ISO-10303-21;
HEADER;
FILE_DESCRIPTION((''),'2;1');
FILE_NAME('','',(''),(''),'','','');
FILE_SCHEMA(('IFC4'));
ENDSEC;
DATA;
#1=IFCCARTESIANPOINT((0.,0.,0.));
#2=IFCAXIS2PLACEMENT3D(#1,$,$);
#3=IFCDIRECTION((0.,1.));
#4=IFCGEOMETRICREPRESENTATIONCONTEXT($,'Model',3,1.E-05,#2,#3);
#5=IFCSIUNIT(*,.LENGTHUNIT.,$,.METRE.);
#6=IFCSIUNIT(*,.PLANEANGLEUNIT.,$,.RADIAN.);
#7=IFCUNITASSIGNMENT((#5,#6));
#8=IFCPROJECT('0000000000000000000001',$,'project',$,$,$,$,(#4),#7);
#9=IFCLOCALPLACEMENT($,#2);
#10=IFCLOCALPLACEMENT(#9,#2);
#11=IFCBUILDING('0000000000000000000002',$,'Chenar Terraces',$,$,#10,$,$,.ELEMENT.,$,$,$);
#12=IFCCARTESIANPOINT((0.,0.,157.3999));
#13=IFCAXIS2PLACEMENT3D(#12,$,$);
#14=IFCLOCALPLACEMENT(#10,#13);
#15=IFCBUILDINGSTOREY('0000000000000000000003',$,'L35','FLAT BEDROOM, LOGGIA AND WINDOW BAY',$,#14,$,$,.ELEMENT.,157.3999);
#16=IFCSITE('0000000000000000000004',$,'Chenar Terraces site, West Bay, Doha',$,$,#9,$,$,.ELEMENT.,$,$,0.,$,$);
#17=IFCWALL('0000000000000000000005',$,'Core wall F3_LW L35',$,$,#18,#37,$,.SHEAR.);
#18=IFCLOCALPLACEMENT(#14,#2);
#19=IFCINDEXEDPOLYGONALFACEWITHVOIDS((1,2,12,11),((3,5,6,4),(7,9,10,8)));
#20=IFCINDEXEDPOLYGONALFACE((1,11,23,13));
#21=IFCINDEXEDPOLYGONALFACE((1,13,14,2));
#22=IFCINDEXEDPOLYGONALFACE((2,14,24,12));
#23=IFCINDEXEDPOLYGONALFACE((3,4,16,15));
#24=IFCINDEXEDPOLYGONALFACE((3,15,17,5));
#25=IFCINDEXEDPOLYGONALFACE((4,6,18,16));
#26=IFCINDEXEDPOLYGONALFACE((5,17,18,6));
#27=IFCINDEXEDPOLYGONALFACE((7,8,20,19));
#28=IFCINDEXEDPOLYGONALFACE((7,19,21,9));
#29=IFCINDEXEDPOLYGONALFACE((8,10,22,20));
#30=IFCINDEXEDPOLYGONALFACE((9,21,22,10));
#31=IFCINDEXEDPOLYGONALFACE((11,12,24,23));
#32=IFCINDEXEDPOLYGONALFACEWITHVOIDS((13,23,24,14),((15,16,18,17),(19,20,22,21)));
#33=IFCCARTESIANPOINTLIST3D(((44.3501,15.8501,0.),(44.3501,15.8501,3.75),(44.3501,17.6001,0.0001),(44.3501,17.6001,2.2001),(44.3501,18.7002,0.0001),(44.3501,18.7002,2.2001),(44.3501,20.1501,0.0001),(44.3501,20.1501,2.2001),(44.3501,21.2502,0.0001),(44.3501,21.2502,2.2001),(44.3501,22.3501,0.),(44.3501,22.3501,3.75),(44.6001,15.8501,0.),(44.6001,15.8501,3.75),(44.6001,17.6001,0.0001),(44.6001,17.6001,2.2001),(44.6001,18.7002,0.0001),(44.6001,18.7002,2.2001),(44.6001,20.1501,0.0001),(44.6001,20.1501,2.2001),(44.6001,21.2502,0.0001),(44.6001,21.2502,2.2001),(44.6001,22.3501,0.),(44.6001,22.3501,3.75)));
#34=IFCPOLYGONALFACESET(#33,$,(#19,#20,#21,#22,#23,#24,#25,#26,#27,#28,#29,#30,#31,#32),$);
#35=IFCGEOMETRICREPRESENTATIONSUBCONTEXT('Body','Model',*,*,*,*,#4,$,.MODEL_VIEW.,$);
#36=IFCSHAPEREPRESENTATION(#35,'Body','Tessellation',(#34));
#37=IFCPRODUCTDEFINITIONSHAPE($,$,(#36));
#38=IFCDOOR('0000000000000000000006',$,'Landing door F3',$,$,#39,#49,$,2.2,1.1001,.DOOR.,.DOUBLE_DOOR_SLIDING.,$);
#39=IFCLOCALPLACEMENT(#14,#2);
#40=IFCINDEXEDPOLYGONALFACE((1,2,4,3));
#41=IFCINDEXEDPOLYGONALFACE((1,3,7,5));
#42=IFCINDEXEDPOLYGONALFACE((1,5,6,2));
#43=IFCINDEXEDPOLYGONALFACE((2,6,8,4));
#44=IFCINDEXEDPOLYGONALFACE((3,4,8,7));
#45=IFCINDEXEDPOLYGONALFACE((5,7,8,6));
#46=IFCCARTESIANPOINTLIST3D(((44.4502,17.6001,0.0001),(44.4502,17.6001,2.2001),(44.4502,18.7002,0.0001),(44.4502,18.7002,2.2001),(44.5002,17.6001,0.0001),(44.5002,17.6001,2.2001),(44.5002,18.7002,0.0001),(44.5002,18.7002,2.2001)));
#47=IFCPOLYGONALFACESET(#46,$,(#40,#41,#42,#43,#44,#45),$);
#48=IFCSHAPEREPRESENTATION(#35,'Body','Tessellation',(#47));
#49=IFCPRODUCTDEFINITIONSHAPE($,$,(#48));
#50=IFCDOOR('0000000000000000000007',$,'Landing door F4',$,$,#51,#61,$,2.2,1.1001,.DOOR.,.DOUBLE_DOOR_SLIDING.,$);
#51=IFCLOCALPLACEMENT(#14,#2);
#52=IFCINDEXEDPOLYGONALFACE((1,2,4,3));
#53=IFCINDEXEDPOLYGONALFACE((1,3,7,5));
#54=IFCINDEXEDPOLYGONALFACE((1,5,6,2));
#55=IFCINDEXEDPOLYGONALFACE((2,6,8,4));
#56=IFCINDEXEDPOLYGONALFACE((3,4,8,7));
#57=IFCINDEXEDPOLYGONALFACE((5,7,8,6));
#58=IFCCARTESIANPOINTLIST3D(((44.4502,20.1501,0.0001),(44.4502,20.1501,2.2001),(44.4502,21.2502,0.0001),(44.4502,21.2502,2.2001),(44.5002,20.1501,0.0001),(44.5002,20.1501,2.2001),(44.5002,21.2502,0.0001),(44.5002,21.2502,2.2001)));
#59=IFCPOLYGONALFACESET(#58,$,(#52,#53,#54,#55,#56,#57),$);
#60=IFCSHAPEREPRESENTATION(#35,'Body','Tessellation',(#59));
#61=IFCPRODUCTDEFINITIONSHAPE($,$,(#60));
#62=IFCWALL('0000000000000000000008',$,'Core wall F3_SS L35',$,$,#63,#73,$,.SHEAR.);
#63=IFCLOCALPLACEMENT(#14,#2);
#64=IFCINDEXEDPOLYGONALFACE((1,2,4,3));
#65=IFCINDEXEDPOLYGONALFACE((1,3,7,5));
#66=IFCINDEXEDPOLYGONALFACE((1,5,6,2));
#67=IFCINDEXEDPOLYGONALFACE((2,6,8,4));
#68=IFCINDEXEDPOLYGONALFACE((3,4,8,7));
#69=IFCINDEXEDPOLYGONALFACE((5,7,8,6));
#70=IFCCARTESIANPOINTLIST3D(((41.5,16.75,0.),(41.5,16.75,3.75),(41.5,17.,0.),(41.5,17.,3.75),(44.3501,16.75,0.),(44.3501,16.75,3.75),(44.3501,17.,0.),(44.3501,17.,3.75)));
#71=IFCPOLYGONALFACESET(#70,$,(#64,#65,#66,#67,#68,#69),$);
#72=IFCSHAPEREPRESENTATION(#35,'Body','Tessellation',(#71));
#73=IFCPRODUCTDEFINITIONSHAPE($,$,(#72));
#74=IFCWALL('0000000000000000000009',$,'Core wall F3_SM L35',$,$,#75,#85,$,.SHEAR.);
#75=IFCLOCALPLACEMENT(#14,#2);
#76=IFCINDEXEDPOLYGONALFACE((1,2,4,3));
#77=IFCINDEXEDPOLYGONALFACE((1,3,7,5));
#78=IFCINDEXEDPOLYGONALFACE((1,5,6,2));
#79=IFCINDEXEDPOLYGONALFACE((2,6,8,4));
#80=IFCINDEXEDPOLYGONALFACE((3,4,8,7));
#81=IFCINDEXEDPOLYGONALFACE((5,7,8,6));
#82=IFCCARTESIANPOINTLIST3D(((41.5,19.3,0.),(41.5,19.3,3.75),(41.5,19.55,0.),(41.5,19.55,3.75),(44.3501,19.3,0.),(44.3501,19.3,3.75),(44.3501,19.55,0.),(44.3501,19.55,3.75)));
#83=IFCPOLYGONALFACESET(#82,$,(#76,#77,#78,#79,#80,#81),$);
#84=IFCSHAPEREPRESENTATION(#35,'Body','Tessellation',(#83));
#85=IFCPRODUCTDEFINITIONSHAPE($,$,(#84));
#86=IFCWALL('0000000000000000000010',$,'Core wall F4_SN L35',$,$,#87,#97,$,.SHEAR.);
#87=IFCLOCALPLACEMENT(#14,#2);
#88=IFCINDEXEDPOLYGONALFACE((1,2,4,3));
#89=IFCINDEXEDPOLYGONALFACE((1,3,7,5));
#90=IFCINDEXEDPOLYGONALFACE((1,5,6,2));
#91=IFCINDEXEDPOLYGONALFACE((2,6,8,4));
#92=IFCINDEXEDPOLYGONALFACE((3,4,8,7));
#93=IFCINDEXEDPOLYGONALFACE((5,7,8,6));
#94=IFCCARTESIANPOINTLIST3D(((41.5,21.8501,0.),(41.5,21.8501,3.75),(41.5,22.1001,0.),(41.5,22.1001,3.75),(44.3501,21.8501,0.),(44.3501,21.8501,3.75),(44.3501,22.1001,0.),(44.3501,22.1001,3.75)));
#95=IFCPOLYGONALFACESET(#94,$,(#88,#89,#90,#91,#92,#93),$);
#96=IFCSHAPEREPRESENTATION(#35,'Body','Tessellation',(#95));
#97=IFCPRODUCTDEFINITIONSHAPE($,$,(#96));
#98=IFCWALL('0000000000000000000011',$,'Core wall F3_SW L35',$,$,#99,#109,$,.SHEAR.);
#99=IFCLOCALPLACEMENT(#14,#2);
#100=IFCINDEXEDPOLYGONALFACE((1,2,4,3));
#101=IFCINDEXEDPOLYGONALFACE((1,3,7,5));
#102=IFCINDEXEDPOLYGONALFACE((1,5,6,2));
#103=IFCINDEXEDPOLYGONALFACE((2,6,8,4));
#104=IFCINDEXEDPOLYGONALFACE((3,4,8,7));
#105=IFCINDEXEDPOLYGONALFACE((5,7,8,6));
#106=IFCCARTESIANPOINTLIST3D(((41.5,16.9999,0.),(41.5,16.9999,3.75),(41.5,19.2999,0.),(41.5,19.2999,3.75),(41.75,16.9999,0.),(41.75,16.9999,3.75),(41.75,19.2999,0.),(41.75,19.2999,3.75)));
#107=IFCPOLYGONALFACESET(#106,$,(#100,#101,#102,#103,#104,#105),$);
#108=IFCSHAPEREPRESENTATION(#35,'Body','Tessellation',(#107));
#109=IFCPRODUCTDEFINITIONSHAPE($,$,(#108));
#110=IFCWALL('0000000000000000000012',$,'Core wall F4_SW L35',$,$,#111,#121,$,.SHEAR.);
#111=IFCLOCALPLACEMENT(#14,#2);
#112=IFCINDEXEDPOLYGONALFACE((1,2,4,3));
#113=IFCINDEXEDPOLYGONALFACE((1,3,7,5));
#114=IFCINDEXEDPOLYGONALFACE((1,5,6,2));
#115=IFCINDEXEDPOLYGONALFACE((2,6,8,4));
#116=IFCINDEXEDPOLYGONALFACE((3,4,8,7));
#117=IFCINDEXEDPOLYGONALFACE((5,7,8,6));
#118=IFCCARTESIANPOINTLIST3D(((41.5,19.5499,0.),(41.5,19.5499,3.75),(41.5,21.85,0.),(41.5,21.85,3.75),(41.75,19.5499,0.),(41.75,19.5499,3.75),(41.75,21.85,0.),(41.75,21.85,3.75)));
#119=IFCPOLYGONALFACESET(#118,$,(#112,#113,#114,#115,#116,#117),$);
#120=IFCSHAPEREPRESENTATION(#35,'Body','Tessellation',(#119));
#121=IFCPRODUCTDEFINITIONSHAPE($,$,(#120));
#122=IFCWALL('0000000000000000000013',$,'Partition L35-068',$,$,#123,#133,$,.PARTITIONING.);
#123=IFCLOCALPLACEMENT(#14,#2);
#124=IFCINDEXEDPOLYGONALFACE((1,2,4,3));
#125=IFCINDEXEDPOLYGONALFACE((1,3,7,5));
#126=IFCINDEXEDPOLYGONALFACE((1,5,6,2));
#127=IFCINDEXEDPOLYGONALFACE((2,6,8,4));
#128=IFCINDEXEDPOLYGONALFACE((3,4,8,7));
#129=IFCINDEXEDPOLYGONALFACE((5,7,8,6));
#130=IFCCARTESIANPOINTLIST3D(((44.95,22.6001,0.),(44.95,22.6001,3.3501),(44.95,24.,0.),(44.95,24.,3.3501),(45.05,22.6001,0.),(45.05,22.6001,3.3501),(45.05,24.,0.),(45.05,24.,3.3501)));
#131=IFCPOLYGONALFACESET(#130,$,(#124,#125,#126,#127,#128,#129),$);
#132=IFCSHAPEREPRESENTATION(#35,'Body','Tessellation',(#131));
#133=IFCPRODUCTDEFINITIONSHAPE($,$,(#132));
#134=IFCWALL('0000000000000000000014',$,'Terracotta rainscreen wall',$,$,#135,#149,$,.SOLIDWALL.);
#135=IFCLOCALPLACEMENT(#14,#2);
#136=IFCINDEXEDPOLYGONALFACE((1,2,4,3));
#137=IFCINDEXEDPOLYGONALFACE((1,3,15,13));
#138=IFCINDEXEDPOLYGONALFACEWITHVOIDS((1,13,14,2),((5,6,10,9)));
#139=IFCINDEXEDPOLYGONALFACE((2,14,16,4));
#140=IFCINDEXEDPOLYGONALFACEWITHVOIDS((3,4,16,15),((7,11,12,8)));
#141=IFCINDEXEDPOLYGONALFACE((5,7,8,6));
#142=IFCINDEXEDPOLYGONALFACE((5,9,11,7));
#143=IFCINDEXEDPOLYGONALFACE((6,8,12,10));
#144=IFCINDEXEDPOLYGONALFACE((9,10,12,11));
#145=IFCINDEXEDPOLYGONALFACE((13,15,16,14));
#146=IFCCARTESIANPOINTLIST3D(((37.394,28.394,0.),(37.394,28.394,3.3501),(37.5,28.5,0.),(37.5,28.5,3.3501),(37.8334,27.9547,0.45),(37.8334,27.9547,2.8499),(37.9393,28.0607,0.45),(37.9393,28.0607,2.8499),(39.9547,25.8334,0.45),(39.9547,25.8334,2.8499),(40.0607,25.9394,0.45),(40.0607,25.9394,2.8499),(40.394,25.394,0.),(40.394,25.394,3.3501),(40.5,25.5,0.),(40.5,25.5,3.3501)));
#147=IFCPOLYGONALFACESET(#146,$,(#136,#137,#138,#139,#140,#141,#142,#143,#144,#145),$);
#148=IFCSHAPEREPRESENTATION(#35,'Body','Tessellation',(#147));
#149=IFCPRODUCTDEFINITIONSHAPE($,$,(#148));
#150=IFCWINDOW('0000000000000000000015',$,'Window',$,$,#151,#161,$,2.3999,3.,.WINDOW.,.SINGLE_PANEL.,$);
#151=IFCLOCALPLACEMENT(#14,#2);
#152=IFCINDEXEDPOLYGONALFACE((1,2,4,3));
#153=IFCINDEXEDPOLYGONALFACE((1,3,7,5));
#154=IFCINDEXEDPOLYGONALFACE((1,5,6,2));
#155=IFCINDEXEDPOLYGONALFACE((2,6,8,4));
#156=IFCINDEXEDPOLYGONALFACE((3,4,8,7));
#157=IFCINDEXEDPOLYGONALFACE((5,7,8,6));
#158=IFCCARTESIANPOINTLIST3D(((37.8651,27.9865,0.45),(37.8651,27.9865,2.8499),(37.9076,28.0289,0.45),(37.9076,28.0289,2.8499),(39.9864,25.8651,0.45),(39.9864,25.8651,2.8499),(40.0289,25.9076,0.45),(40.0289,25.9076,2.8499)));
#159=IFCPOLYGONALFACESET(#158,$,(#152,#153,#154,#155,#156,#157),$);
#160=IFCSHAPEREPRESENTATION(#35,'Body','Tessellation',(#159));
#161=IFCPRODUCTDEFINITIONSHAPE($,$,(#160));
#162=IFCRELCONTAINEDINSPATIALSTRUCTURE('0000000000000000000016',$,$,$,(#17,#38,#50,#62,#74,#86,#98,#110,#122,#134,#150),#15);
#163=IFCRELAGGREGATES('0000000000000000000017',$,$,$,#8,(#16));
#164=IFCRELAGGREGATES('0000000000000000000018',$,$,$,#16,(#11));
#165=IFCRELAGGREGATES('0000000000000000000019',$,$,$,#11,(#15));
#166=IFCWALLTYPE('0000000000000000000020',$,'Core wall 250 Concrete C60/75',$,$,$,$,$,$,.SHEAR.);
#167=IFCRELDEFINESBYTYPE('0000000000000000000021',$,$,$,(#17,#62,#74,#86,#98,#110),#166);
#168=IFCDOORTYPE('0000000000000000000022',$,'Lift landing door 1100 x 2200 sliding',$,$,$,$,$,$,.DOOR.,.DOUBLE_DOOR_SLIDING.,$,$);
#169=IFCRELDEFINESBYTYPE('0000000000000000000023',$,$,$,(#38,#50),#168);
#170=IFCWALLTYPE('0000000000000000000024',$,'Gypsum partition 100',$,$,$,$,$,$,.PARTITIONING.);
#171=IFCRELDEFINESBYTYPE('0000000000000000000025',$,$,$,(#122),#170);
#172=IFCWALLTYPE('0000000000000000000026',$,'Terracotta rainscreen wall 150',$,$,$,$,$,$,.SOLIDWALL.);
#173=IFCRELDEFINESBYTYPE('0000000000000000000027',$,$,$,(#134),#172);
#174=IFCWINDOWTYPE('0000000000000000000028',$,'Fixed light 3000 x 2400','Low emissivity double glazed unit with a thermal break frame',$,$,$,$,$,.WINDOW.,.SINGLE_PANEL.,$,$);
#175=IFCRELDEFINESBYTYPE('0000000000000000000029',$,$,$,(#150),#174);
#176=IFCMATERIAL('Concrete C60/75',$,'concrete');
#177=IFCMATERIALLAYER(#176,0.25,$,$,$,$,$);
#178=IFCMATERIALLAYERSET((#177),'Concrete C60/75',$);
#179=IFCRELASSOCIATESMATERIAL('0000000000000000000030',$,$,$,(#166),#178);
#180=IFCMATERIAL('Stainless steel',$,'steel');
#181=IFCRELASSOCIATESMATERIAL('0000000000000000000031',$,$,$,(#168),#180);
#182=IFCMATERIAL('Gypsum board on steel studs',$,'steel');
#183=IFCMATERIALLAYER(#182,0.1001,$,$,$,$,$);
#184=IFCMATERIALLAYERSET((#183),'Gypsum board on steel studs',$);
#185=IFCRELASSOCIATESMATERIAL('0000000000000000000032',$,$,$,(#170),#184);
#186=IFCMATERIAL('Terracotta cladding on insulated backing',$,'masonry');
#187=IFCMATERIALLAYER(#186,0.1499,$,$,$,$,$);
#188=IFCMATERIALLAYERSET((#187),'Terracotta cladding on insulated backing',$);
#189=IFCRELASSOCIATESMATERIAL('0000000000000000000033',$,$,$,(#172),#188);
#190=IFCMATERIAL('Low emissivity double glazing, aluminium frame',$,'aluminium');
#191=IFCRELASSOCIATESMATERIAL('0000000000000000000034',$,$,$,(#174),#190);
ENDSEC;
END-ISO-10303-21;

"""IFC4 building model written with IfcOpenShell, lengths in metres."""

from ifc_helpers import new_model, si_unit, direction, frame, frame_2d, origin, place, context, subcontext, project, spatial, rectangle, extrude, material, layer, layer_set, type_object, element, fill, save


model = new_model("IFC4")

# Units and contexts
model_context = context("Model", 3, precision=1e-05, world=origin(), true_north=direction((0.0, 1.0)))
body_context = subcontext(model_context, "Body", "Model", "MODEL_VIEW")
ifc_project = project(units=[si_unit("LENGTHUNIT", "METRE"), si_unit("PLANEANGLEUNIT", "RADIAN")], contexts=[model_context])

# Site, building, storey
site_placement = place(None, origin())
site = spatial("IfcSite", under=ifc_project, at=site_placement, Name="Chenar Terraces site, West Bay, Doha", CompositionType="ELEMENT", RefElevation=0.0)
building_placement = place(site_placement, origin())
building = spatial("IfcBuilding", under=site, at=building_placement, Name="Chenar Terraces", CompositionType="ELEMENT")
storey_placement = place(building_placement, frame((0.0, 0.0, 157.3999)))
storey = spatial("IfcBuildingStorey", under=building, at=storey_placement, Name="L35", Description="FLAT BEDROOM, LOGGIA AND WINDOW BAY", CompositionType="ELEMENT", Elevation=157.3999)

# Shared definitions
ifc_material_1 = material(Name="Concrete C60/75", Category="concrete")
ifc_layer_1 = layer(ifc_material_1, 0.25)
ifc_layer_set_1 = layer_set([ifc_layer_1], Name="Concrete C60/75")
wall_type_1 = type_object("IfcWallType", Name="Core wall 250 Concrete C60/75", PredefinedType="SHEAR", material=ifc_layer_set_1)

# Wall, openings, doors
wall_1_placement = place(storey_placement, frame((44.4751, 15.8501, 0.0), z_axis=(0.0, 0.0, 1.0), x_axis=(0.0, 1.0, 0.0)))
wall_1 = element("IfcWall", 1, at=wall_1_placement, inside=storey, type_object=wall_type_1, Name="Core wall F3_LW L35", PredefinedType="SHEAR", context=body_context, shape_type="SweptSolid", body=[
    extrude(rectangle(XDim=6.5, YDim=0.25, at=frame_2d((3.25, 0.0))), origin(), (0.0, 0.0, 1.0), 3.75),
])
opening_1_placement = place(wall_1_placement, frame((1.75, 0.0, 0.0)))
opening_1 = element("IfcOpeningElement", 2, at=opening_1_placement, cuts=wall_1, PredefinedType="OPENING", context=body_context, shape_type="SweptSolid", body=[
    extrude(rectangle(XDim=1.1001, YDim=2.2, at=frame_2d((0.55, 1.1001))), frame((0.0, 0.135, 0.0), z_axis=(0.0, -1.0, 0.0), x_axis=(1.0, 0.0, 0.0)), (0.0, 0.0, 1.0), 0.27),
])
opening_2_placement = place(wall_1_placement, frame((4.3, 0.0, 0.0)))
opening_2 = element("IfcOpeningElement", 3, at=opening_2_placement, cuts=wall_1, PredefinedType="OPENING", context=body_context, shape_type="SweptSolid", body=[
    extrude(rectangle(XDim=1.1001, YDim=2.2, at=frame_2d((0.55, 1.1001))), frame((0.0, 0.135, 0.0), z_axis=(0.0, -1.0, 0.0), x_axis=(1.0, 0.0, 0.0)), (0.0, 0.0, 1.0), 0.27),
])
ifc_material_2 = material(Name="Stainless steel", Category="steel")
door_type_1 = type_object("IfcDoorType", Name="Lift landing door 1100 x 2200 sliding", OperationType="DOUBLE_DOOR_SLIDING", PredefinedType="DOOR", material=ifc_material_2)
door_1_placement = place(opening_1_placement, origin())
door_1 = element("IfcDoor", 4, at=door_1_placement, inside=storey, type_object=door_type_1, Name="Landing door F3", OperationType="DOUBLE_DOOR_SLIDING", OverallHeight=2.2, OverallWidth=1.1001, PredefinedType="DOOR", context=body_context, shape_type="SweptSolid", body=[
    extrude(rectangle(XDim=1.1001, YDim=2.2, at=frame_2d((0.55, 1.1001))), frame((0.0, 0.0249, 0.0), z_axis=(0.0, -1.0, 0.0), x_axis=(1.0, 0.0, 0.0)), (0.0, 0.0, 1.0), 0.05),
])
fill(opening_1, door_1)
door_2_placement = place(opening_2_placement, origin())
door_2 = element("IfcDoor", 5, at=door_2_placement, inside=storey, type_object=door_type_1, Name="Landing door F4", OperationType="DOUBLE_DOOR_SLIDING", OverallHeight=2.2, OverallWidth=1.1001, PredefinedType="DOOR", context=body_context, shape_type="SweptSolid", body=[
    extrude(rectangle(XDim=1.1001, YDim=2.2, at=frame_2d((0.55, 1.1001))), frame((0.0, 0.0249, 0.0), z_axis=(0.0, -1.0, 0.0), x_axis=(1.0, 0.0, 0.0)), (0.0, 0.0, 1.0), 0.05),
])
fill(opening_2, door_2)

# Walls
for number, where, z_axis, x_axis, name in (
    (6, (41.5, 16.875, 0.0), (0.0, 0.0, 1.0), (1.0, 0.0, 0.0), "Core wall F3_SS L35"),
    (7, (41.5, 19.425, 0.0), (0.0, 0.0, 1.0), (1.0, 0.0, 0.0), "Core wall F3_SM L35"),
    (8, (41.5, 21.9751, 0.0), (0.0, 0.0, 1.0), (1.0, 0.0, 0.0), "Core wall F4_SN L35"),
):
    element("IfcWall", number, at=place(storey_placement, frame(where, z_axis=z_axis, x_axis=x_axis)), inside=storey, type_object=wall_type_1, Name=name, PredefinedType="SHEAR", context=body_context, shape_type="SweptSolid", body=[
        extrude(rectangle(XDim=2.8501, YDim=0.25, at=frame_2d((1.425, 0.0))), origin(), (0.0, 0.0, 1.0), 3.75),
    ])
for number, where, z_axis, x_axis, name in (
    (9, (41.625, 17.0, 0.0), (0.0, 0.0, 1.0), (0.0, 1.0, 0.0), "Core wall F3_SW L35"),
    (10, (41.625, 19.55, 0.0), (0.0, 0.0, 1.0), (0.0, 1.0, 0.0), "Core wall F4_SW L35"),
):
    element("IfcWall", number, at=place(storey_placement, frame(where, z_axis=z_axis, x_axis=x_axis)), inside=storey, type_object=wall_type_1, Name=name, PredefinedType="SHEAR", context=body_context, shape_type="SweptSolid", body=[
        extrude(rectangle(XDim=2.3, YDim=0.25, at=frame_2d((1.1499, 0.0))), origin(), (0.0, 0.0, 1.0), 3.75),
    ])
ifc_material_3 = material(Name="Gypsum board on steel studs", Category="steel")
ifc_layer_2 = layer(ifc_material_3, 0.1001)
ifc_layer_set_2 = layer_set([ifc_layer_2], Name="Gypsum board on steel studs")
wall_type_2 = type_object("IfcWallType", Name="Gypsum partition 100", PredefinedType="PARTITIONING", material=ifc_layer_set_2)
wall_2_placement = place(storey_placement, frame((45.0, 22.6001, 0.0), z_axis=(0.0, 0.0, 1.0), x_axis=(0.0, 1.0, 0.0)))
element("IfcWall", 11, at=wall_2_placement, inside=storey, type_object=wall_type_2, Name="Partition L35-068", PredefinedType="PARTITIONING", context=body_context, shape_type="SweptSolid", body=[
    extrude(rectangle(XDim=1.3999, YDim=0.1001, at=frame_2d((0.7, 0.0))), origin(), (0.0, 0.0, 1.0), 3.3501),
])

# Wall, opening, window
ifc_material_4 = material(Name="Terracotta cladding on insulated backing", Category="masonry")
ifc_layer_3 = layer(ifc_material_4, 0.1499)
ifc_layer_set_3 = layer_set([ifc_layer_3], Name="Terracotta cladding on insulated backing")
wall_type_3 = type_object("IfcWallType", Name="Terracotta rainscreen wall 150", PredefinedType="SOLIDWALL", material=ifc_layer_set_3)
wall_3_placement = place(storey_placement, frame((40.447, 25.447, 0.0), z_axis=(0.0, 0.0, 1.0), x_axis=(-0.707107, 0.707107, 0.0)))
wall_3 = element("IfcWall", 12, at=wall_3_placement, inside=storey, type_object=wall_type_3, Name="Terracotta rainscreen wall", PredefinedType="SOLIDWALL", context=body_context, shape_type="SweptSolid", body=[
    extrude(rectangle(XDim=4.2427, YDim=0.1499, at=frame_2d((2.1213, 0.0))), origin(), (0.0, 0.0, 1.0), 3.3501),
])
opening_3_placement = place(wall_3_placement, frame((0.6213, 0.0, 0.45)))
opening_3 = element("IfcOpeningElement", 13, at=opening_3_placement, cuts=wall_3, PredefinedType="OPENING", context=body_context, shape_type="SweptSolid", body=[
    extrude(rectangle(XDim=3.0, YDim=2.3999, at=frame_2d((1.5, 1.2))), frame((0.0, 0.085, 0.0), z_axis=(0.0, -1.0, 0.0), x_axis=(1.0, 0.0, 0.0)), (0.0, 0.0, 1.0), 0.1699),
])
ifc_material_5 = material(Name="Low emissivity double glazing, aluminium frame", Category="aluminium")
window_type = type_object("IfcWindowType", Name="Fixed light 3000 x 2400", Description="Low emissivity double glazed unit with a thermal break frame", PartitioningType="SINGLE_PANEL", PredefinedType="WINDOW", material=ifc_material_5)
window_placement = place(opening_3_placement, origin())
window = element("IfcWindow", 14, at=window_placement, inside=storey, type_object=window_type, Name="Window", OverallHeight=2.3999, OverallWidth=3.0, PartitioningType="SINGLE_PANEL", PredefinedType="WINDOW", context=body_context, shape_type="SweptSolid", body=[
    extrude(rectangle(XDim=3.0, YDim=2.3999, at=frame_2d((1.5, 1.2))), frame((0.0, 0.03, 0.0), z_axis=(0.0, -1.0, 0.0), x_axis=(1.0, 0.0, 0.0)), (0.0, 0.0, 1.0), 0.0601),
])
fill(opening_3, window)

save(model, "model.ifc")
